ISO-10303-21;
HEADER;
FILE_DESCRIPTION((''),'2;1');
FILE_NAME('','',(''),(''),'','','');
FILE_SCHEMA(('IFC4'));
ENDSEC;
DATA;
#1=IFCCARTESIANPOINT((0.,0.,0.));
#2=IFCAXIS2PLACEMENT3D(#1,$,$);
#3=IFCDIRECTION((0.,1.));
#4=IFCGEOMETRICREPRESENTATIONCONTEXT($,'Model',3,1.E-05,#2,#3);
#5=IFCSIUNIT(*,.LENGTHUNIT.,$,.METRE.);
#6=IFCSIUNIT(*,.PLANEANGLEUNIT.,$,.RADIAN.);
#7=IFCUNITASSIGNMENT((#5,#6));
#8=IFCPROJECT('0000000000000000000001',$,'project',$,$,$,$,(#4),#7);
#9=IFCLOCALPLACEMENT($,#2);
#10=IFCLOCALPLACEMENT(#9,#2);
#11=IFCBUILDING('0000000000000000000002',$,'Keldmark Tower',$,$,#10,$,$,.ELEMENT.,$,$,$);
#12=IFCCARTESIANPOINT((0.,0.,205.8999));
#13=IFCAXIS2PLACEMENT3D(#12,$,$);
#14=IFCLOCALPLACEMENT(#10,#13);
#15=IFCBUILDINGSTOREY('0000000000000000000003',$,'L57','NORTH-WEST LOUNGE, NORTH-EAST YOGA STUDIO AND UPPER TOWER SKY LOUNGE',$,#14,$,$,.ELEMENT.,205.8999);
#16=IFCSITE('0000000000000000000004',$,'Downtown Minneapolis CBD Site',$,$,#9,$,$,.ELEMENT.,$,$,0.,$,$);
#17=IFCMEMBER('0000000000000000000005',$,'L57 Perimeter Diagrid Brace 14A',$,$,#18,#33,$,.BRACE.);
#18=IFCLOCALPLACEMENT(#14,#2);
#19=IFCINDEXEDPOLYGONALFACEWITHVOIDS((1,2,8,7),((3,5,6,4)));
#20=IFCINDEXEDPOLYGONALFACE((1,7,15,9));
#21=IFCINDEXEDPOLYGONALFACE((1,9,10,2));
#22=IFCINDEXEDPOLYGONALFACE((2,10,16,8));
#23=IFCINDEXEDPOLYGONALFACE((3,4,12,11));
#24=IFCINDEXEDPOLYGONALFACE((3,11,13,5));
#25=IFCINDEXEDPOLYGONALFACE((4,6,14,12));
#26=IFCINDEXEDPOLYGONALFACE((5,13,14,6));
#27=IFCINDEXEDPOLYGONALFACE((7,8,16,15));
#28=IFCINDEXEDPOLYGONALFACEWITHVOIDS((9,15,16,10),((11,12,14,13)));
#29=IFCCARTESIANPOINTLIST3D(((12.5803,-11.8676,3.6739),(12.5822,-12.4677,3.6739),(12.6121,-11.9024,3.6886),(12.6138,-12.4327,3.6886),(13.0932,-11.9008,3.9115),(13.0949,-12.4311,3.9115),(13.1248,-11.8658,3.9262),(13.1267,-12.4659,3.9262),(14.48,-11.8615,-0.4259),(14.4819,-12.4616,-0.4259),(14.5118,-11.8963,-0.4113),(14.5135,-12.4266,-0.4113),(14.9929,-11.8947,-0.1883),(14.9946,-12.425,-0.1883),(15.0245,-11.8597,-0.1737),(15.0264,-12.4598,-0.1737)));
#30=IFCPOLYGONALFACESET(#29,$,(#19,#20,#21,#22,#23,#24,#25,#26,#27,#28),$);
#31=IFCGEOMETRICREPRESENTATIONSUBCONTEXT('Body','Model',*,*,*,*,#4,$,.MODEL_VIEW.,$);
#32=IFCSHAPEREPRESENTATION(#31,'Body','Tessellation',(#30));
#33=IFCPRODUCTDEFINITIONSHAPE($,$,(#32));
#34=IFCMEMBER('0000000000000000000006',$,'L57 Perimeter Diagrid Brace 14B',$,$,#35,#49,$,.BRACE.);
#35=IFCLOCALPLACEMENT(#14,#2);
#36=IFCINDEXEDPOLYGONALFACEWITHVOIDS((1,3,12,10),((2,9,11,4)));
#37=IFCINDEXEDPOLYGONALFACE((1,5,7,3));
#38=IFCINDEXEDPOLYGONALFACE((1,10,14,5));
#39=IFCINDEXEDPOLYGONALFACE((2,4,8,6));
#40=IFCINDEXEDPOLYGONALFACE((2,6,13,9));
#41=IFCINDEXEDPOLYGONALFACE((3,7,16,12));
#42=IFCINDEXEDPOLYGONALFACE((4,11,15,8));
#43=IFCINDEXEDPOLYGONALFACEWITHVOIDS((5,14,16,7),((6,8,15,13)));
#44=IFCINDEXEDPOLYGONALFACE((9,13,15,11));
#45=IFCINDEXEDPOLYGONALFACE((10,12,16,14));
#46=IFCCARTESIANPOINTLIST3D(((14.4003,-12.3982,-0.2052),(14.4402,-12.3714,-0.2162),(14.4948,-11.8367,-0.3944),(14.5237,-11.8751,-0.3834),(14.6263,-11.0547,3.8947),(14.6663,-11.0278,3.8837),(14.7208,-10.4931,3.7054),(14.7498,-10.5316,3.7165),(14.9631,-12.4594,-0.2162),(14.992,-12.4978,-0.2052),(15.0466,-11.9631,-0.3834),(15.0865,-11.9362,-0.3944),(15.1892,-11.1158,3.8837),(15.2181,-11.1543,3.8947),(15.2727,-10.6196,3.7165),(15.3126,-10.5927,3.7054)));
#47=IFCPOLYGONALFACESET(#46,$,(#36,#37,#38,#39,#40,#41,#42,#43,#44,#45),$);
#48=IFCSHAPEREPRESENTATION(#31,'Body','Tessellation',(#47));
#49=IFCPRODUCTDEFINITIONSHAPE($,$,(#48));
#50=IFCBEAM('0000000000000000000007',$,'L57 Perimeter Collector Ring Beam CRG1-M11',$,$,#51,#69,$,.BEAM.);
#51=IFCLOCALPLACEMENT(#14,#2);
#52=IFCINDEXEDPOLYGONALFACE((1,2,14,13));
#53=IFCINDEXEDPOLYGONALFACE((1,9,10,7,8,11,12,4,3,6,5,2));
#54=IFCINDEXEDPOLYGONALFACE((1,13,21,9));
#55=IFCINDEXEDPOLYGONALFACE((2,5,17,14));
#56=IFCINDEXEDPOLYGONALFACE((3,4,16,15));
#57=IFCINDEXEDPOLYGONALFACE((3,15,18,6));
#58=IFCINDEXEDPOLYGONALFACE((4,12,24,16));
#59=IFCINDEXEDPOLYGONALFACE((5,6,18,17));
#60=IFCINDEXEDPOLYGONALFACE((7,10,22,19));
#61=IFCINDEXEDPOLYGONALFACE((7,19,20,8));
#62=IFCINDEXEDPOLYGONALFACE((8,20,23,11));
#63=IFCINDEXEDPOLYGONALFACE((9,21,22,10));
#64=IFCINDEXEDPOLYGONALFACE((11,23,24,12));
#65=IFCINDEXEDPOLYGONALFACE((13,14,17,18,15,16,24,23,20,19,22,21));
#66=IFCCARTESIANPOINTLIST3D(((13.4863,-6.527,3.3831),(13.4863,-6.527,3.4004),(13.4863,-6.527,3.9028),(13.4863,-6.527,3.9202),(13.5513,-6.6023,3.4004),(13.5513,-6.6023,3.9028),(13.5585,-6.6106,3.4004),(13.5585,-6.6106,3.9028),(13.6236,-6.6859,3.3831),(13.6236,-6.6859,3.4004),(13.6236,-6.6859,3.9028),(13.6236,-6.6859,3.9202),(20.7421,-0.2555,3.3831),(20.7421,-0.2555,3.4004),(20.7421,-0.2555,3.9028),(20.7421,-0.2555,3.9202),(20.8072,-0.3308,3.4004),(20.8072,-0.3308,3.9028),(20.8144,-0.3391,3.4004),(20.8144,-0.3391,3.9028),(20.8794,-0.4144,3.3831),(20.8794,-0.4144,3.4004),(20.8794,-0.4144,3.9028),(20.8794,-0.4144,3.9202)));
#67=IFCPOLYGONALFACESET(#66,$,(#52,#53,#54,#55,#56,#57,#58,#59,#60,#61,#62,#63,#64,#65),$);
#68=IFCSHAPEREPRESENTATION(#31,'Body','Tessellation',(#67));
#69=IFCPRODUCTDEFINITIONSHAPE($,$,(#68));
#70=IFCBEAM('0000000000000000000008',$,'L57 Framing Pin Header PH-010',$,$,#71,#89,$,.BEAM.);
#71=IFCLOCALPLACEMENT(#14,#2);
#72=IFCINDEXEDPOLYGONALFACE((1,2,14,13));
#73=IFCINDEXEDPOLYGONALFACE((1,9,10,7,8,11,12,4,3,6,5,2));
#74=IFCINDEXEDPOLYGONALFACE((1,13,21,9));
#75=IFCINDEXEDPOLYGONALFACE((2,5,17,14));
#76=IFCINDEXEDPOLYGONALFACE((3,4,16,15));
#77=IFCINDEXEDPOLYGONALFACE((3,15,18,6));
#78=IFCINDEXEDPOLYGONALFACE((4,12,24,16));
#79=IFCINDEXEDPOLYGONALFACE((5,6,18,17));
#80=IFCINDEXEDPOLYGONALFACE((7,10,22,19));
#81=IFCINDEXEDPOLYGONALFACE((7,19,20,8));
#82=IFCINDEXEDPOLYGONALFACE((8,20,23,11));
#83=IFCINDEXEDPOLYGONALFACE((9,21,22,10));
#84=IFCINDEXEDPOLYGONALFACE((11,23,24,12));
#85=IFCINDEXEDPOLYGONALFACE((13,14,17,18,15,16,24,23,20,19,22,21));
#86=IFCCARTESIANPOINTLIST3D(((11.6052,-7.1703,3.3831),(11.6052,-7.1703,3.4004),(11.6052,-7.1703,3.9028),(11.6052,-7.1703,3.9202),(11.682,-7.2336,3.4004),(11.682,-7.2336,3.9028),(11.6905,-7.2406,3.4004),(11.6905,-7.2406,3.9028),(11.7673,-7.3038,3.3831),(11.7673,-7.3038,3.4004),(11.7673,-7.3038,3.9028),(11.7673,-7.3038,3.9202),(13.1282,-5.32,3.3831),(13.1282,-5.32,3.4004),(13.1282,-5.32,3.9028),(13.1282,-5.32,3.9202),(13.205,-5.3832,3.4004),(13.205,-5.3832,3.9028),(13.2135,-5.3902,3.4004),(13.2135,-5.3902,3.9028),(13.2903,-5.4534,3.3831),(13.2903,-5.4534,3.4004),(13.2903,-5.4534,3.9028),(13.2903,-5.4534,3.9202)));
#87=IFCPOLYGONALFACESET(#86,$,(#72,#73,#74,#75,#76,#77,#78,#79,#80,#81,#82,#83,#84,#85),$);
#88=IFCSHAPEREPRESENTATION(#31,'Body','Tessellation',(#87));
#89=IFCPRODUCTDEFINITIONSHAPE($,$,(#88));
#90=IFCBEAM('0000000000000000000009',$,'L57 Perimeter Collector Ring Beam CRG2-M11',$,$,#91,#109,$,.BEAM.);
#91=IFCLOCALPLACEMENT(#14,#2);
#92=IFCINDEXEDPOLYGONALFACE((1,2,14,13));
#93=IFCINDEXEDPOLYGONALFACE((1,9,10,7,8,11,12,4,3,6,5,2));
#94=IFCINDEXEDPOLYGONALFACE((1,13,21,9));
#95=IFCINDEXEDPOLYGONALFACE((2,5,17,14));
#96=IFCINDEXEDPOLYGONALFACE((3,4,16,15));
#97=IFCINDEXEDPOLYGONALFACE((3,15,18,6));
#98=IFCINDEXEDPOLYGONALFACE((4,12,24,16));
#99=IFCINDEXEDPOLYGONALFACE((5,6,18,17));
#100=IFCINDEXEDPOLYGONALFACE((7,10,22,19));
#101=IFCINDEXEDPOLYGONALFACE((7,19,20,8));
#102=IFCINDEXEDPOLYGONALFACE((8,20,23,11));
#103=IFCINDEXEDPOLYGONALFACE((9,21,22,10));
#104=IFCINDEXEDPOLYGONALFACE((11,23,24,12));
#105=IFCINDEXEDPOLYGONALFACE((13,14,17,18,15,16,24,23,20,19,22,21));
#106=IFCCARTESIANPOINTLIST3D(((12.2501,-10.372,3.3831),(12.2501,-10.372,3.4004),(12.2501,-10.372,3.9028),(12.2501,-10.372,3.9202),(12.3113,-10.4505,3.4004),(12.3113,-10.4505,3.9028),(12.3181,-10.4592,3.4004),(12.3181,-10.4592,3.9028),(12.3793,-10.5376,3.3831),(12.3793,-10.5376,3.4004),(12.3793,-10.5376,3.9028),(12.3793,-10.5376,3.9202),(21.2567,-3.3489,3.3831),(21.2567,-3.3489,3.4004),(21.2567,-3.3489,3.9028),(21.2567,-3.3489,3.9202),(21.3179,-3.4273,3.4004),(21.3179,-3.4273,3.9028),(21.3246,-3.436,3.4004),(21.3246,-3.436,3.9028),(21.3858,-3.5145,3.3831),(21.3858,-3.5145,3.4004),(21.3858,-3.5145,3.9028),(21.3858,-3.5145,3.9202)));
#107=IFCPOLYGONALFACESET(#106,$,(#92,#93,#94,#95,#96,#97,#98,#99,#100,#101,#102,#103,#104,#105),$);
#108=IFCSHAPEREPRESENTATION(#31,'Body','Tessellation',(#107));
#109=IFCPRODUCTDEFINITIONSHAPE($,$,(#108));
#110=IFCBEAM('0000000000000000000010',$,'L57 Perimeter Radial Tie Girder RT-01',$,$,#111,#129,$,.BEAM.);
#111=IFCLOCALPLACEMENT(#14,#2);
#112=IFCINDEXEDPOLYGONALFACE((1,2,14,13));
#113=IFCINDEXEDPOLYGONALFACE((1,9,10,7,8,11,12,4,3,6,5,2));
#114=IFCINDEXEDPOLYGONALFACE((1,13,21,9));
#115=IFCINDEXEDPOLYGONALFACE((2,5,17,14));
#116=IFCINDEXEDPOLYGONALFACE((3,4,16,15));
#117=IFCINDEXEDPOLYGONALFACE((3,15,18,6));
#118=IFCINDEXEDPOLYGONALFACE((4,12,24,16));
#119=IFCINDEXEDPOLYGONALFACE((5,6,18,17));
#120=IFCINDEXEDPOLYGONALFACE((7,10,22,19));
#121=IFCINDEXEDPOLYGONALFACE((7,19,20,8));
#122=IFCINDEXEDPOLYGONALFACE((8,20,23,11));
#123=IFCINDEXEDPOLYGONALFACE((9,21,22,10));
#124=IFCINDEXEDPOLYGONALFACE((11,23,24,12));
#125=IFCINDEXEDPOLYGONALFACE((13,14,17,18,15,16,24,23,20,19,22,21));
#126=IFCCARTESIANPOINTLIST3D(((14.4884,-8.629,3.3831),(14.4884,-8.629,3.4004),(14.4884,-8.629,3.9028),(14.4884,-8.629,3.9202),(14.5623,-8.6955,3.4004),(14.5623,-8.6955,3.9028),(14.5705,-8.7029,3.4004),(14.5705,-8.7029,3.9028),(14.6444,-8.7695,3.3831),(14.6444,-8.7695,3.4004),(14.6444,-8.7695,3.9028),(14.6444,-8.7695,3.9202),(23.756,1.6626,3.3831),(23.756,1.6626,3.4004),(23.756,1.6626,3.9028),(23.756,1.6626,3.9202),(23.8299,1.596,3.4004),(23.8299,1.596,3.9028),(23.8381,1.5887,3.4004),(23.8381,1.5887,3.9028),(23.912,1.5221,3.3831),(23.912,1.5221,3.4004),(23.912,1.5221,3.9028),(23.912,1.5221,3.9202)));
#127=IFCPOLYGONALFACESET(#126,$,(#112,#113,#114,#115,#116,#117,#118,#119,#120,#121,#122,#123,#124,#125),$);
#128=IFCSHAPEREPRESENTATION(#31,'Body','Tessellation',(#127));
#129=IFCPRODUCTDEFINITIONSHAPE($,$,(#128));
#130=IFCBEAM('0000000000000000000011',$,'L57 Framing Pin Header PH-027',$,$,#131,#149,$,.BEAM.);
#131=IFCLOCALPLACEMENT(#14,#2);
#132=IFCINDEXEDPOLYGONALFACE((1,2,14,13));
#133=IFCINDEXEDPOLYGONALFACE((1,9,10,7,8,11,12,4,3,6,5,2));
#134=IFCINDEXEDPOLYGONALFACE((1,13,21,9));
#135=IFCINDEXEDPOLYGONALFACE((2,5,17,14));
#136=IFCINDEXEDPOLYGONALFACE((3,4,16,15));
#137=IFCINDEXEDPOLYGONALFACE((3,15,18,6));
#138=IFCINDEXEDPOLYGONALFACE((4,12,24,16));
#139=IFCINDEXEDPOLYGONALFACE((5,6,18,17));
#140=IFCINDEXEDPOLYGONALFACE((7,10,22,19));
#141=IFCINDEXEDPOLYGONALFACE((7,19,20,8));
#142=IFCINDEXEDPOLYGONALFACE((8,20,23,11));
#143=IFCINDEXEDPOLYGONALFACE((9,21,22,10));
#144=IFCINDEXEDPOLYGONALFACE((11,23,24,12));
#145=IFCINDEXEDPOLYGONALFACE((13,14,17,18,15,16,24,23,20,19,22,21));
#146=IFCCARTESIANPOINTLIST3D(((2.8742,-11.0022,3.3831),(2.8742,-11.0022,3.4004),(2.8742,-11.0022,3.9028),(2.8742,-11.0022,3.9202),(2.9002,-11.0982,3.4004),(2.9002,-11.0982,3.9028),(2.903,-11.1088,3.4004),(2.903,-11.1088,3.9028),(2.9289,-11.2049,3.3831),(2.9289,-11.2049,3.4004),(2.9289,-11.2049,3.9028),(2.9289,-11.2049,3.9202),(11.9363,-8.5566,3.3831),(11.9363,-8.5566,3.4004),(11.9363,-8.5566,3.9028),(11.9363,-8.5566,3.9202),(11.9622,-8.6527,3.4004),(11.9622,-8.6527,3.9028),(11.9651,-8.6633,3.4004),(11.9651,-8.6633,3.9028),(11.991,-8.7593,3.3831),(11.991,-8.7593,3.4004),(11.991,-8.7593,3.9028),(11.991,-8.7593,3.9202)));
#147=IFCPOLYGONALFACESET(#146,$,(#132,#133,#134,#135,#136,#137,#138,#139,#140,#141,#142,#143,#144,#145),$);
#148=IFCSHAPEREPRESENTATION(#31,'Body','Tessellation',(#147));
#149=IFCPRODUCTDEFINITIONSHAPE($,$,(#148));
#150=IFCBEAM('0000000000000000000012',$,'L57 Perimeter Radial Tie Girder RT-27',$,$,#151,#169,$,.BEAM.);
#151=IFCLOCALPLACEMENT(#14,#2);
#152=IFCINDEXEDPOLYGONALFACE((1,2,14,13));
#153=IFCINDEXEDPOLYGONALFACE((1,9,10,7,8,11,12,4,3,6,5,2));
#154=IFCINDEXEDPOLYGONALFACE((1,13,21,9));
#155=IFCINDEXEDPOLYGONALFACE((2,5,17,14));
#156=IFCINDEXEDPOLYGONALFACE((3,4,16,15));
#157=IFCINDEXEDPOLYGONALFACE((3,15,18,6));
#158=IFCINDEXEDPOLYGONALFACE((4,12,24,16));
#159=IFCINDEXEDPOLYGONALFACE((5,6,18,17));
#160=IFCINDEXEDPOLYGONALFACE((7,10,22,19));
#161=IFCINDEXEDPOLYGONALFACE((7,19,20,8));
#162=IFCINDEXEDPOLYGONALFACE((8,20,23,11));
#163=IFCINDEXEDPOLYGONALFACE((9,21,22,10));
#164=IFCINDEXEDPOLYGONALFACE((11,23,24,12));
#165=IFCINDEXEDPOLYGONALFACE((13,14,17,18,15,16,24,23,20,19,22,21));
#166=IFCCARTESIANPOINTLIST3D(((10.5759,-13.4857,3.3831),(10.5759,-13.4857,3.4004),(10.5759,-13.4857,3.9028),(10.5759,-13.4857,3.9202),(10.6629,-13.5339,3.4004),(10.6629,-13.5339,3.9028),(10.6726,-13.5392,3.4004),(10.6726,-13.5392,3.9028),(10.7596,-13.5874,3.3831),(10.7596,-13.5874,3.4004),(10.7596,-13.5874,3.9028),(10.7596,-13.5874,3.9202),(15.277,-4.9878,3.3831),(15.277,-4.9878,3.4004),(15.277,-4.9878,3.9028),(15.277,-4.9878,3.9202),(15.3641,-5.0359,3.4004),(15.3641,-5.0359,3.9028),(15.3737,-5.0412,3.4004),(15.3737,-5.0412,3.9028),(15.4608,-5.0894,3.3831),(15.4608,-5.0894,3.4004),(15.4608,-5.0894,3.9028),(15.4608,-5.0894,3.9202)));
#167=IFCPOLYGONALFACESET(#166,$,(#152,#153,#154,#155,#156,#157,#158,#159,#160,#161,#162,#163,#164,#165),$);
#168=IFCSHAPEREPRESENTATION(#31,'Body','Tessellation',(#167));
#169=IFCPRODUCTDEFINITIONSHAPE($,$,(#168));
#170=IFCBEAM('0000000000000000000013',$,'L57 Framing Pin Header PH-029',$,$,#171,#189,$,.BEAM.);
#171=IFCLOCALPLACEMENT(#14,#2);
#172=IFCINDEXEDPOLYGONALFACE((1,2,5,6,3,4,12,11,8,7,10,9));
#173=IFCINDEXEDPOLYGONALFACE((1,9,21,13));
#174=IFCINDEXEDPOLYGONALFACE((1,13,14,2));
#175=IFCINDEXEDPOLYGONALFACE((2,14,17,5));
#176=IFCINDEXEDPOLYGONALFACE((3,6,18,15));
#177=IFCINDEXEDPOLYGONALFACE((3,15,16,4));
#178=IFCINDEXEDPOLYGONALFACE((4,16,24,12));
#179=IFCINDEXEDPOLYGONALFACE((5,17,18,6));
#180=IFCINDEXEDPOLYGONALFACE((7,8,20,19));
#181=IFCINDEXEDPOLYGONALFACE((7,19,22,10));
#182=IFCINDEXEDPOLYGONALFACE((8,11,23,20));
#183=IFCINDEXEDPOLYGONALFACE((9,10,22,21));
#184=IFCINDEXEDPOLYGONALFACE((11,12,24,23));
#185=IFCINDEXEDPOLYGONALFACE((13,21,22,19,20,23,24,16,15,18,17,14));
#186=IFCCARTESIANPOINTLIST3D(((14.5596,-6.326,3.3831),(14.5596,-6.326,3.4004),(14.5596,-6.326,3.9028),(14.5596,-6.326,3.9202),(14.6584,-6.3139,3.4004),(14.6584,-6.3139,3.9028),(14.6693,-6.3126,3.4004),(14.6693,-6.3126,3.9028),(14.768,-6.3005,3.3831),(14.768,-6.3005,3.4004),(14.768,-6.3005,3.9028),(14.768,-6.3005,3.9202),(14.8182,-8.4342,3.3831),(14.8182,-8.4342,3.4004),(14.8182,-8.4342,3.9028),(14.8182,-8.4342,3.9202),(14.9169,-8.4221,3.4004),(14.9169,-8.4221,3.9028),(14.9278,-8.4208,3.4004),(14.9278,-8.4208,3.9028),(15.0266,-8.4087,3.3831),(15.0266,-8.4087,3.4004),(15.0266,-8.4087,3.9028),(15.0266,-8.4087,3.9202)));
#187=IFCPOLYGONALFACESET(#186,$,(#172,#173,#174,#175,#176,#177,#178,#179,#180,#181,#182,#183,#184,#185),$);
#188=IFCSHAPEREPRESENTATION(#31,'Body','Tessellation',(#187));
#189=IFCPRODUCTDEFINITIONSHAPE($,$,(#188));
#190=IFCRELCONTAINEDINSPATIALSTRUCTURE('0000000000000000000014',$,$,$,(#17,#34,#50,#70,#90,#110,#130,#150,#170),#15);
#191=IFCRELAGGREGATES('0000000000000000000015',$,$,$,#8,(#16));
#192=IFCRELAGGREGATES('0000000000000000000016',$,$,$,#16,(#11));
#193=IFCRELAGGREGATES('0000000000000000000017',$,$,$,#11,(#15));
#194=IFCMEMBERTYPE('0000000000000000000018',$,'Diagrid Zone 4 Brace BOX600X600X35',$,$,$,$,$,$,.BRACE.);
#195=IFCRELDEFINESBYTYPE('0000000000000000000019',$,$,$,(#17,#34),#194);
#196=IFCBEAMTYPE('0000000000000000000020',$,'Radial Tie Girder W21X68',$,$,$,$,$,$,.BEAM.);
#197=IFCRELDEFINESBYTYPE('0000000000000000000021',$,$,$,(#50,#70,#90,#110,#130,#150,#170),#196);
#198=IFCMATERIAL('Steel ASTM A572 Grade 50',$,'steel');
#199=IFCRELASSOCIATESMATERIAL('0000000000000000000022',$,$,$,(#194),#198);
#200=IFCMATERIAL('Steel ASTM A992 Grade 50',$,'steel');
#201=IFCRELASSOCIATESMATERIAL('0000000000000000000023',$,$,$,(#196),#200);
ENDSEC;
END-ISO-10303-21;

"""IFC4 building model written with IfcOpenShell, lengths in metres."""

from ifc_helpers import new_model, si_unit, direction, frame, origin, origin_2d, place, context, subcontext, project, spatial, hollow_rectangle, i_section, extrude, material, material_profile, profile_set, type_object, element, save


model = new_model("IFC4")

# Units and contexts
model_context = context("Model", 3, precision=1e-05, world=origin(), true_north=direction((0.0, 1.0)))
body_context = subcontext(model_context, "Body", "Model", "MODEL_VIEW")
ifc_project = project(units=[si_unit("LENGTHUNIT", "METRE"), si_unit("PLANEANGLEUNIT", "RADIAN")], contexts=[model_context])

# Site, building, storey
site_placement = place(None, origin())
site = spatial("IfcSite", under=ifc_project, at=site_placement, Name="Downtown Minneapolis CBD Site", CompositionType="ELEMENT", RefElevation=0.0)
building_placement = place(site_placement, origin())
building = spatial("IfcBuilding", under=site, at=building_placement, Name="Keldmark Tower", CompositionType="ELEMENT")
storey_placement = place(building_placement, frame((0.0, 0.0, 205.8999)))
storey = spatial("IfcBuildingStorey", under=building, at=storey_placement, Name="L57", Description="NORTH-WEST LOUNGE, NORTH-EAST YOGA STUDIO AND UPPER TOWER SKY LOUNGE", CompositionType="ELEMENT", Elevation=205.8999)

# Members
ifc_material_1 = material(Name="Steel ASTM A572 Grade 50", Category="steel")
ifc_material_profile_1 = material_profile(ifc_material_1, hollow_rectangle(XDim=0.6001, YDim=0.6001, WallThickness=0.0349, at=origin_2d()), Name="BOX600X600X35")
ifc_profile_set_1 = profile_set([ifc_material_profile_1], Name="Steel ASTM A572 Grade 50")
member_type = type_object("IfcMemberType", Name="Diagrid Zone 4 Brace BOX600X600X35", PredefinedType="BRACE", material=ifc_profile_set_1)
member_1_placement = place(storey_placement, frame((14.7532, -12.1606, -0.2998), z_axis=(-0.420411, -0.001351, 0.907333), x_axis=(0.003213, -0.999995, 0.0)))
element("IfcMember", 1, at=member_1_placement, inside=storey, type_object=member_type, Name="L57 Perimeter Diagrid Brace 14A", PredefinedType="BRACE", context=body_context, shape_type="SweptSolid", body=[
    extrude(hollow_rectangle(XDim=0.6001, YDim=0.6001, WallThickness=0.0349, at=origin_2d()), origin(), (0.0, 0.0, 1.0), 4.5186),
])
member_2_placement = place(storey_placement, frame((14.7434, -12.1672, -0.2998), z_axis=(0.052328, 0.310976, 0.948976), x_axis=(-0.986136, 0.165939, 0.0)))
element("IfcMember", 2, at=member_2_placement, inside=storey, type_object=member_type, Name="L57 Perimeter Diagrid Brace 14B", PredefinedType="BRACE", context=body_context, shape_type="SweptSolid", body=[
    extrude(hollow_rectangle(XDim=0.6001, YDim=0.6001, WallThickness=0.0349, at=origin_2d()), origin(), (0.0, 0.0, 1.0), 4.3203),
])

# Beams
ifc_material_2 = material(Name="Steel ASTM A992 Grade 50", Category="steel")
ifc_material_profile_2 = material_profile(ifc_material_2, i_section(OverallWidth=0.21, OverallDepth=0.5371, WebThickness=0.011, FlangeThickness=0.0173, at=origin_2d()), Name="W21X68")
ifc_profile_set_2 = profile_set([ifc_material_profile_2], Name="Steel ASTM A992 Grade 50")
beam_type_1 = type_object("IfcBeamType", Name="Radial Tie Girder W21X68", PredefinedType="BEAM", material=ifc_profile_set_2)
beam_1_placement = place(storey_placement, frame((13.5549, -6.6064, 3.6516), z_axis=(0.756562, 0.653922, 0.0), x_axis=(-0.653922, 0.756562, 0.0)))
element("IfcBeam", 3, at=beam_1_placement, inside=storey, type_object=beam_type_1, Name="L57 Perimeter Collector Ring Beam CRG1-M11", PredefinedType="BEAM", context=body_context, shape_type="SweptSolid", body=[
    extrude(i_section(OverallWidth=0.21, OverallDepth=0.5371, WebThickness=0.011, FlangeThickness=0.0173, at=origin_2d()), origin(), (0.0, 0.0, 1.0), 9.5906),
])
beam_2_placement = place(storey_placement, frame((13.2092, -5.3867, 3.6516), z_axis=(-0.635493, -0.772107, 0.0), x_axis=(0.772107, -0.635493, 0.0)))
element("IfcBeam", 4, at=beam_2_placement, inside=storey, type_object=beam_type_1, Name="L57 Framing Pin Header PH-010", PredefinedType="BEAM", context=body_context, shape_type="SweptSolid", body=[
    extrude(i_section(OverallWidth=0.21, OverallDepth=0.5371, WebThickness=0.011, FlangeThickness=0.0173, at=origin_2d()), origin(), (0.0, 0.0, 1.0), 2.3965),
])
beam_3_placement = place(storey_placement, frame((12.3147, -10.4548, 3.6516), z_axis=(0.788585, 0.614926, 0.0), x_axis=(-0.614926, 0.788585, 0.0)))
element("IfcBeam", 5, at=beam_3_placement, inside=storey, type_object=beam_type_1, Name="L57 Perimeter Collector Ring Beam CRG2-M11", PredefinedType="BEAM", context=body_context, shape_type="SweptSolid", body=[
    extrude(i_section(OverallWidth=0.21, OverallDepth=0.5371, WebThickness=0.011, FlangeThickness=0.0173, at=origin_2d()), origin(), (0.0, 0.0, 1.0), 11.4211),
])
beam_4_placement = place(storey_placement, frame((14.5664, -8.6992, 3.6516), z_axis=(0.669173, 0.743107, 0.0), x_axis=(-0.743107, 0.669173, 0.0)))
element("IfcBeam", 6, at=beam_4_placement, inside=storey, type_object=beam_type_1, Name="L57 Perimeter Radial Tie Girder RT-01", PredefinedType="BEAM", context=body_context, shape_type="SweptSolid", body=[
    extrude(i_section(OverallWidth=0.21, OverallDepth=0.5371, WebThickness=0.011, FlangeThickness=0.0173, at=origin_2d()), origin(), (0.0, 0.0, 1.0), 13.8494),
])
beam_5_placement = place(storey_placement, frame((11.9636, -8.658, 3.6516), z_axis=(-0.965461, -0.260548, 0.0), x_axis=(0.260548, -0.965461, 0.0)))
element("IfcBeam", 7, at=beam_5_placement, inside=storey, type_object=beam_type_1, Name="L57 Framing Pin Header PH-027", PredefinedType="BEAM", context=body_context, shape_type="SweptSolid", body=[
    extrude(i_section(OverallWidth=0.21, OverallDepth=0.5371, WebThickness=0.011, FlangeThickness=0.0173, at=origin_2d()), origin(), (0.0, 0.0, 1.0), 9.3862),
])
beam_6_placement = place(storey_placement, frame((15.3689, -5.0386, 3.6516), z_axis=(-0.484071, -0.875029, 0.0), x_axis=(0.875029, -0.484071, 0.0)))
element("IfcBeam", 8, at=beam_6_placement, inside=storey, type_object=beam_type_1, Name="L57 Perimeter Radial Tie Girder RT-27", PredefinedType="BEAM", context=body_context, shape_type="SweptSolid", body=[
    extrude(i_section(OverallWidth=0.21, OverallDepth=0.5371, WebThickness=0.011, FlangeThickness=0.0173, at=origin_2d()), origin(), (0.0, 0.0, 1.0), 9.7117),
])
beam_7_placement = place(storey_placement, frame((14.6638, -6.3132, 3.6516), z_axis=(0.121728, -0.992563, 0.0), x_axis=(0.992563, 0.121728, 0.0)))
element("IfcBeam", 9, at=beam_7_placement, inside=storey, type_object=beam_type_1, Name="L57 Framing Pin Header PH-029", PredefinedType="BEAM", context=body_context, shape_type="SweptSolid", body=[
    extrude(i_section(OverallWidth=0.21, OverallDepth=0.5371, WebThickness=0.011, FlangeThickness=0.0173, at=origin_2d()), origin(), (0.0, 0.0, 1.0), 2.124),
])

save(model, "model.ifc")
